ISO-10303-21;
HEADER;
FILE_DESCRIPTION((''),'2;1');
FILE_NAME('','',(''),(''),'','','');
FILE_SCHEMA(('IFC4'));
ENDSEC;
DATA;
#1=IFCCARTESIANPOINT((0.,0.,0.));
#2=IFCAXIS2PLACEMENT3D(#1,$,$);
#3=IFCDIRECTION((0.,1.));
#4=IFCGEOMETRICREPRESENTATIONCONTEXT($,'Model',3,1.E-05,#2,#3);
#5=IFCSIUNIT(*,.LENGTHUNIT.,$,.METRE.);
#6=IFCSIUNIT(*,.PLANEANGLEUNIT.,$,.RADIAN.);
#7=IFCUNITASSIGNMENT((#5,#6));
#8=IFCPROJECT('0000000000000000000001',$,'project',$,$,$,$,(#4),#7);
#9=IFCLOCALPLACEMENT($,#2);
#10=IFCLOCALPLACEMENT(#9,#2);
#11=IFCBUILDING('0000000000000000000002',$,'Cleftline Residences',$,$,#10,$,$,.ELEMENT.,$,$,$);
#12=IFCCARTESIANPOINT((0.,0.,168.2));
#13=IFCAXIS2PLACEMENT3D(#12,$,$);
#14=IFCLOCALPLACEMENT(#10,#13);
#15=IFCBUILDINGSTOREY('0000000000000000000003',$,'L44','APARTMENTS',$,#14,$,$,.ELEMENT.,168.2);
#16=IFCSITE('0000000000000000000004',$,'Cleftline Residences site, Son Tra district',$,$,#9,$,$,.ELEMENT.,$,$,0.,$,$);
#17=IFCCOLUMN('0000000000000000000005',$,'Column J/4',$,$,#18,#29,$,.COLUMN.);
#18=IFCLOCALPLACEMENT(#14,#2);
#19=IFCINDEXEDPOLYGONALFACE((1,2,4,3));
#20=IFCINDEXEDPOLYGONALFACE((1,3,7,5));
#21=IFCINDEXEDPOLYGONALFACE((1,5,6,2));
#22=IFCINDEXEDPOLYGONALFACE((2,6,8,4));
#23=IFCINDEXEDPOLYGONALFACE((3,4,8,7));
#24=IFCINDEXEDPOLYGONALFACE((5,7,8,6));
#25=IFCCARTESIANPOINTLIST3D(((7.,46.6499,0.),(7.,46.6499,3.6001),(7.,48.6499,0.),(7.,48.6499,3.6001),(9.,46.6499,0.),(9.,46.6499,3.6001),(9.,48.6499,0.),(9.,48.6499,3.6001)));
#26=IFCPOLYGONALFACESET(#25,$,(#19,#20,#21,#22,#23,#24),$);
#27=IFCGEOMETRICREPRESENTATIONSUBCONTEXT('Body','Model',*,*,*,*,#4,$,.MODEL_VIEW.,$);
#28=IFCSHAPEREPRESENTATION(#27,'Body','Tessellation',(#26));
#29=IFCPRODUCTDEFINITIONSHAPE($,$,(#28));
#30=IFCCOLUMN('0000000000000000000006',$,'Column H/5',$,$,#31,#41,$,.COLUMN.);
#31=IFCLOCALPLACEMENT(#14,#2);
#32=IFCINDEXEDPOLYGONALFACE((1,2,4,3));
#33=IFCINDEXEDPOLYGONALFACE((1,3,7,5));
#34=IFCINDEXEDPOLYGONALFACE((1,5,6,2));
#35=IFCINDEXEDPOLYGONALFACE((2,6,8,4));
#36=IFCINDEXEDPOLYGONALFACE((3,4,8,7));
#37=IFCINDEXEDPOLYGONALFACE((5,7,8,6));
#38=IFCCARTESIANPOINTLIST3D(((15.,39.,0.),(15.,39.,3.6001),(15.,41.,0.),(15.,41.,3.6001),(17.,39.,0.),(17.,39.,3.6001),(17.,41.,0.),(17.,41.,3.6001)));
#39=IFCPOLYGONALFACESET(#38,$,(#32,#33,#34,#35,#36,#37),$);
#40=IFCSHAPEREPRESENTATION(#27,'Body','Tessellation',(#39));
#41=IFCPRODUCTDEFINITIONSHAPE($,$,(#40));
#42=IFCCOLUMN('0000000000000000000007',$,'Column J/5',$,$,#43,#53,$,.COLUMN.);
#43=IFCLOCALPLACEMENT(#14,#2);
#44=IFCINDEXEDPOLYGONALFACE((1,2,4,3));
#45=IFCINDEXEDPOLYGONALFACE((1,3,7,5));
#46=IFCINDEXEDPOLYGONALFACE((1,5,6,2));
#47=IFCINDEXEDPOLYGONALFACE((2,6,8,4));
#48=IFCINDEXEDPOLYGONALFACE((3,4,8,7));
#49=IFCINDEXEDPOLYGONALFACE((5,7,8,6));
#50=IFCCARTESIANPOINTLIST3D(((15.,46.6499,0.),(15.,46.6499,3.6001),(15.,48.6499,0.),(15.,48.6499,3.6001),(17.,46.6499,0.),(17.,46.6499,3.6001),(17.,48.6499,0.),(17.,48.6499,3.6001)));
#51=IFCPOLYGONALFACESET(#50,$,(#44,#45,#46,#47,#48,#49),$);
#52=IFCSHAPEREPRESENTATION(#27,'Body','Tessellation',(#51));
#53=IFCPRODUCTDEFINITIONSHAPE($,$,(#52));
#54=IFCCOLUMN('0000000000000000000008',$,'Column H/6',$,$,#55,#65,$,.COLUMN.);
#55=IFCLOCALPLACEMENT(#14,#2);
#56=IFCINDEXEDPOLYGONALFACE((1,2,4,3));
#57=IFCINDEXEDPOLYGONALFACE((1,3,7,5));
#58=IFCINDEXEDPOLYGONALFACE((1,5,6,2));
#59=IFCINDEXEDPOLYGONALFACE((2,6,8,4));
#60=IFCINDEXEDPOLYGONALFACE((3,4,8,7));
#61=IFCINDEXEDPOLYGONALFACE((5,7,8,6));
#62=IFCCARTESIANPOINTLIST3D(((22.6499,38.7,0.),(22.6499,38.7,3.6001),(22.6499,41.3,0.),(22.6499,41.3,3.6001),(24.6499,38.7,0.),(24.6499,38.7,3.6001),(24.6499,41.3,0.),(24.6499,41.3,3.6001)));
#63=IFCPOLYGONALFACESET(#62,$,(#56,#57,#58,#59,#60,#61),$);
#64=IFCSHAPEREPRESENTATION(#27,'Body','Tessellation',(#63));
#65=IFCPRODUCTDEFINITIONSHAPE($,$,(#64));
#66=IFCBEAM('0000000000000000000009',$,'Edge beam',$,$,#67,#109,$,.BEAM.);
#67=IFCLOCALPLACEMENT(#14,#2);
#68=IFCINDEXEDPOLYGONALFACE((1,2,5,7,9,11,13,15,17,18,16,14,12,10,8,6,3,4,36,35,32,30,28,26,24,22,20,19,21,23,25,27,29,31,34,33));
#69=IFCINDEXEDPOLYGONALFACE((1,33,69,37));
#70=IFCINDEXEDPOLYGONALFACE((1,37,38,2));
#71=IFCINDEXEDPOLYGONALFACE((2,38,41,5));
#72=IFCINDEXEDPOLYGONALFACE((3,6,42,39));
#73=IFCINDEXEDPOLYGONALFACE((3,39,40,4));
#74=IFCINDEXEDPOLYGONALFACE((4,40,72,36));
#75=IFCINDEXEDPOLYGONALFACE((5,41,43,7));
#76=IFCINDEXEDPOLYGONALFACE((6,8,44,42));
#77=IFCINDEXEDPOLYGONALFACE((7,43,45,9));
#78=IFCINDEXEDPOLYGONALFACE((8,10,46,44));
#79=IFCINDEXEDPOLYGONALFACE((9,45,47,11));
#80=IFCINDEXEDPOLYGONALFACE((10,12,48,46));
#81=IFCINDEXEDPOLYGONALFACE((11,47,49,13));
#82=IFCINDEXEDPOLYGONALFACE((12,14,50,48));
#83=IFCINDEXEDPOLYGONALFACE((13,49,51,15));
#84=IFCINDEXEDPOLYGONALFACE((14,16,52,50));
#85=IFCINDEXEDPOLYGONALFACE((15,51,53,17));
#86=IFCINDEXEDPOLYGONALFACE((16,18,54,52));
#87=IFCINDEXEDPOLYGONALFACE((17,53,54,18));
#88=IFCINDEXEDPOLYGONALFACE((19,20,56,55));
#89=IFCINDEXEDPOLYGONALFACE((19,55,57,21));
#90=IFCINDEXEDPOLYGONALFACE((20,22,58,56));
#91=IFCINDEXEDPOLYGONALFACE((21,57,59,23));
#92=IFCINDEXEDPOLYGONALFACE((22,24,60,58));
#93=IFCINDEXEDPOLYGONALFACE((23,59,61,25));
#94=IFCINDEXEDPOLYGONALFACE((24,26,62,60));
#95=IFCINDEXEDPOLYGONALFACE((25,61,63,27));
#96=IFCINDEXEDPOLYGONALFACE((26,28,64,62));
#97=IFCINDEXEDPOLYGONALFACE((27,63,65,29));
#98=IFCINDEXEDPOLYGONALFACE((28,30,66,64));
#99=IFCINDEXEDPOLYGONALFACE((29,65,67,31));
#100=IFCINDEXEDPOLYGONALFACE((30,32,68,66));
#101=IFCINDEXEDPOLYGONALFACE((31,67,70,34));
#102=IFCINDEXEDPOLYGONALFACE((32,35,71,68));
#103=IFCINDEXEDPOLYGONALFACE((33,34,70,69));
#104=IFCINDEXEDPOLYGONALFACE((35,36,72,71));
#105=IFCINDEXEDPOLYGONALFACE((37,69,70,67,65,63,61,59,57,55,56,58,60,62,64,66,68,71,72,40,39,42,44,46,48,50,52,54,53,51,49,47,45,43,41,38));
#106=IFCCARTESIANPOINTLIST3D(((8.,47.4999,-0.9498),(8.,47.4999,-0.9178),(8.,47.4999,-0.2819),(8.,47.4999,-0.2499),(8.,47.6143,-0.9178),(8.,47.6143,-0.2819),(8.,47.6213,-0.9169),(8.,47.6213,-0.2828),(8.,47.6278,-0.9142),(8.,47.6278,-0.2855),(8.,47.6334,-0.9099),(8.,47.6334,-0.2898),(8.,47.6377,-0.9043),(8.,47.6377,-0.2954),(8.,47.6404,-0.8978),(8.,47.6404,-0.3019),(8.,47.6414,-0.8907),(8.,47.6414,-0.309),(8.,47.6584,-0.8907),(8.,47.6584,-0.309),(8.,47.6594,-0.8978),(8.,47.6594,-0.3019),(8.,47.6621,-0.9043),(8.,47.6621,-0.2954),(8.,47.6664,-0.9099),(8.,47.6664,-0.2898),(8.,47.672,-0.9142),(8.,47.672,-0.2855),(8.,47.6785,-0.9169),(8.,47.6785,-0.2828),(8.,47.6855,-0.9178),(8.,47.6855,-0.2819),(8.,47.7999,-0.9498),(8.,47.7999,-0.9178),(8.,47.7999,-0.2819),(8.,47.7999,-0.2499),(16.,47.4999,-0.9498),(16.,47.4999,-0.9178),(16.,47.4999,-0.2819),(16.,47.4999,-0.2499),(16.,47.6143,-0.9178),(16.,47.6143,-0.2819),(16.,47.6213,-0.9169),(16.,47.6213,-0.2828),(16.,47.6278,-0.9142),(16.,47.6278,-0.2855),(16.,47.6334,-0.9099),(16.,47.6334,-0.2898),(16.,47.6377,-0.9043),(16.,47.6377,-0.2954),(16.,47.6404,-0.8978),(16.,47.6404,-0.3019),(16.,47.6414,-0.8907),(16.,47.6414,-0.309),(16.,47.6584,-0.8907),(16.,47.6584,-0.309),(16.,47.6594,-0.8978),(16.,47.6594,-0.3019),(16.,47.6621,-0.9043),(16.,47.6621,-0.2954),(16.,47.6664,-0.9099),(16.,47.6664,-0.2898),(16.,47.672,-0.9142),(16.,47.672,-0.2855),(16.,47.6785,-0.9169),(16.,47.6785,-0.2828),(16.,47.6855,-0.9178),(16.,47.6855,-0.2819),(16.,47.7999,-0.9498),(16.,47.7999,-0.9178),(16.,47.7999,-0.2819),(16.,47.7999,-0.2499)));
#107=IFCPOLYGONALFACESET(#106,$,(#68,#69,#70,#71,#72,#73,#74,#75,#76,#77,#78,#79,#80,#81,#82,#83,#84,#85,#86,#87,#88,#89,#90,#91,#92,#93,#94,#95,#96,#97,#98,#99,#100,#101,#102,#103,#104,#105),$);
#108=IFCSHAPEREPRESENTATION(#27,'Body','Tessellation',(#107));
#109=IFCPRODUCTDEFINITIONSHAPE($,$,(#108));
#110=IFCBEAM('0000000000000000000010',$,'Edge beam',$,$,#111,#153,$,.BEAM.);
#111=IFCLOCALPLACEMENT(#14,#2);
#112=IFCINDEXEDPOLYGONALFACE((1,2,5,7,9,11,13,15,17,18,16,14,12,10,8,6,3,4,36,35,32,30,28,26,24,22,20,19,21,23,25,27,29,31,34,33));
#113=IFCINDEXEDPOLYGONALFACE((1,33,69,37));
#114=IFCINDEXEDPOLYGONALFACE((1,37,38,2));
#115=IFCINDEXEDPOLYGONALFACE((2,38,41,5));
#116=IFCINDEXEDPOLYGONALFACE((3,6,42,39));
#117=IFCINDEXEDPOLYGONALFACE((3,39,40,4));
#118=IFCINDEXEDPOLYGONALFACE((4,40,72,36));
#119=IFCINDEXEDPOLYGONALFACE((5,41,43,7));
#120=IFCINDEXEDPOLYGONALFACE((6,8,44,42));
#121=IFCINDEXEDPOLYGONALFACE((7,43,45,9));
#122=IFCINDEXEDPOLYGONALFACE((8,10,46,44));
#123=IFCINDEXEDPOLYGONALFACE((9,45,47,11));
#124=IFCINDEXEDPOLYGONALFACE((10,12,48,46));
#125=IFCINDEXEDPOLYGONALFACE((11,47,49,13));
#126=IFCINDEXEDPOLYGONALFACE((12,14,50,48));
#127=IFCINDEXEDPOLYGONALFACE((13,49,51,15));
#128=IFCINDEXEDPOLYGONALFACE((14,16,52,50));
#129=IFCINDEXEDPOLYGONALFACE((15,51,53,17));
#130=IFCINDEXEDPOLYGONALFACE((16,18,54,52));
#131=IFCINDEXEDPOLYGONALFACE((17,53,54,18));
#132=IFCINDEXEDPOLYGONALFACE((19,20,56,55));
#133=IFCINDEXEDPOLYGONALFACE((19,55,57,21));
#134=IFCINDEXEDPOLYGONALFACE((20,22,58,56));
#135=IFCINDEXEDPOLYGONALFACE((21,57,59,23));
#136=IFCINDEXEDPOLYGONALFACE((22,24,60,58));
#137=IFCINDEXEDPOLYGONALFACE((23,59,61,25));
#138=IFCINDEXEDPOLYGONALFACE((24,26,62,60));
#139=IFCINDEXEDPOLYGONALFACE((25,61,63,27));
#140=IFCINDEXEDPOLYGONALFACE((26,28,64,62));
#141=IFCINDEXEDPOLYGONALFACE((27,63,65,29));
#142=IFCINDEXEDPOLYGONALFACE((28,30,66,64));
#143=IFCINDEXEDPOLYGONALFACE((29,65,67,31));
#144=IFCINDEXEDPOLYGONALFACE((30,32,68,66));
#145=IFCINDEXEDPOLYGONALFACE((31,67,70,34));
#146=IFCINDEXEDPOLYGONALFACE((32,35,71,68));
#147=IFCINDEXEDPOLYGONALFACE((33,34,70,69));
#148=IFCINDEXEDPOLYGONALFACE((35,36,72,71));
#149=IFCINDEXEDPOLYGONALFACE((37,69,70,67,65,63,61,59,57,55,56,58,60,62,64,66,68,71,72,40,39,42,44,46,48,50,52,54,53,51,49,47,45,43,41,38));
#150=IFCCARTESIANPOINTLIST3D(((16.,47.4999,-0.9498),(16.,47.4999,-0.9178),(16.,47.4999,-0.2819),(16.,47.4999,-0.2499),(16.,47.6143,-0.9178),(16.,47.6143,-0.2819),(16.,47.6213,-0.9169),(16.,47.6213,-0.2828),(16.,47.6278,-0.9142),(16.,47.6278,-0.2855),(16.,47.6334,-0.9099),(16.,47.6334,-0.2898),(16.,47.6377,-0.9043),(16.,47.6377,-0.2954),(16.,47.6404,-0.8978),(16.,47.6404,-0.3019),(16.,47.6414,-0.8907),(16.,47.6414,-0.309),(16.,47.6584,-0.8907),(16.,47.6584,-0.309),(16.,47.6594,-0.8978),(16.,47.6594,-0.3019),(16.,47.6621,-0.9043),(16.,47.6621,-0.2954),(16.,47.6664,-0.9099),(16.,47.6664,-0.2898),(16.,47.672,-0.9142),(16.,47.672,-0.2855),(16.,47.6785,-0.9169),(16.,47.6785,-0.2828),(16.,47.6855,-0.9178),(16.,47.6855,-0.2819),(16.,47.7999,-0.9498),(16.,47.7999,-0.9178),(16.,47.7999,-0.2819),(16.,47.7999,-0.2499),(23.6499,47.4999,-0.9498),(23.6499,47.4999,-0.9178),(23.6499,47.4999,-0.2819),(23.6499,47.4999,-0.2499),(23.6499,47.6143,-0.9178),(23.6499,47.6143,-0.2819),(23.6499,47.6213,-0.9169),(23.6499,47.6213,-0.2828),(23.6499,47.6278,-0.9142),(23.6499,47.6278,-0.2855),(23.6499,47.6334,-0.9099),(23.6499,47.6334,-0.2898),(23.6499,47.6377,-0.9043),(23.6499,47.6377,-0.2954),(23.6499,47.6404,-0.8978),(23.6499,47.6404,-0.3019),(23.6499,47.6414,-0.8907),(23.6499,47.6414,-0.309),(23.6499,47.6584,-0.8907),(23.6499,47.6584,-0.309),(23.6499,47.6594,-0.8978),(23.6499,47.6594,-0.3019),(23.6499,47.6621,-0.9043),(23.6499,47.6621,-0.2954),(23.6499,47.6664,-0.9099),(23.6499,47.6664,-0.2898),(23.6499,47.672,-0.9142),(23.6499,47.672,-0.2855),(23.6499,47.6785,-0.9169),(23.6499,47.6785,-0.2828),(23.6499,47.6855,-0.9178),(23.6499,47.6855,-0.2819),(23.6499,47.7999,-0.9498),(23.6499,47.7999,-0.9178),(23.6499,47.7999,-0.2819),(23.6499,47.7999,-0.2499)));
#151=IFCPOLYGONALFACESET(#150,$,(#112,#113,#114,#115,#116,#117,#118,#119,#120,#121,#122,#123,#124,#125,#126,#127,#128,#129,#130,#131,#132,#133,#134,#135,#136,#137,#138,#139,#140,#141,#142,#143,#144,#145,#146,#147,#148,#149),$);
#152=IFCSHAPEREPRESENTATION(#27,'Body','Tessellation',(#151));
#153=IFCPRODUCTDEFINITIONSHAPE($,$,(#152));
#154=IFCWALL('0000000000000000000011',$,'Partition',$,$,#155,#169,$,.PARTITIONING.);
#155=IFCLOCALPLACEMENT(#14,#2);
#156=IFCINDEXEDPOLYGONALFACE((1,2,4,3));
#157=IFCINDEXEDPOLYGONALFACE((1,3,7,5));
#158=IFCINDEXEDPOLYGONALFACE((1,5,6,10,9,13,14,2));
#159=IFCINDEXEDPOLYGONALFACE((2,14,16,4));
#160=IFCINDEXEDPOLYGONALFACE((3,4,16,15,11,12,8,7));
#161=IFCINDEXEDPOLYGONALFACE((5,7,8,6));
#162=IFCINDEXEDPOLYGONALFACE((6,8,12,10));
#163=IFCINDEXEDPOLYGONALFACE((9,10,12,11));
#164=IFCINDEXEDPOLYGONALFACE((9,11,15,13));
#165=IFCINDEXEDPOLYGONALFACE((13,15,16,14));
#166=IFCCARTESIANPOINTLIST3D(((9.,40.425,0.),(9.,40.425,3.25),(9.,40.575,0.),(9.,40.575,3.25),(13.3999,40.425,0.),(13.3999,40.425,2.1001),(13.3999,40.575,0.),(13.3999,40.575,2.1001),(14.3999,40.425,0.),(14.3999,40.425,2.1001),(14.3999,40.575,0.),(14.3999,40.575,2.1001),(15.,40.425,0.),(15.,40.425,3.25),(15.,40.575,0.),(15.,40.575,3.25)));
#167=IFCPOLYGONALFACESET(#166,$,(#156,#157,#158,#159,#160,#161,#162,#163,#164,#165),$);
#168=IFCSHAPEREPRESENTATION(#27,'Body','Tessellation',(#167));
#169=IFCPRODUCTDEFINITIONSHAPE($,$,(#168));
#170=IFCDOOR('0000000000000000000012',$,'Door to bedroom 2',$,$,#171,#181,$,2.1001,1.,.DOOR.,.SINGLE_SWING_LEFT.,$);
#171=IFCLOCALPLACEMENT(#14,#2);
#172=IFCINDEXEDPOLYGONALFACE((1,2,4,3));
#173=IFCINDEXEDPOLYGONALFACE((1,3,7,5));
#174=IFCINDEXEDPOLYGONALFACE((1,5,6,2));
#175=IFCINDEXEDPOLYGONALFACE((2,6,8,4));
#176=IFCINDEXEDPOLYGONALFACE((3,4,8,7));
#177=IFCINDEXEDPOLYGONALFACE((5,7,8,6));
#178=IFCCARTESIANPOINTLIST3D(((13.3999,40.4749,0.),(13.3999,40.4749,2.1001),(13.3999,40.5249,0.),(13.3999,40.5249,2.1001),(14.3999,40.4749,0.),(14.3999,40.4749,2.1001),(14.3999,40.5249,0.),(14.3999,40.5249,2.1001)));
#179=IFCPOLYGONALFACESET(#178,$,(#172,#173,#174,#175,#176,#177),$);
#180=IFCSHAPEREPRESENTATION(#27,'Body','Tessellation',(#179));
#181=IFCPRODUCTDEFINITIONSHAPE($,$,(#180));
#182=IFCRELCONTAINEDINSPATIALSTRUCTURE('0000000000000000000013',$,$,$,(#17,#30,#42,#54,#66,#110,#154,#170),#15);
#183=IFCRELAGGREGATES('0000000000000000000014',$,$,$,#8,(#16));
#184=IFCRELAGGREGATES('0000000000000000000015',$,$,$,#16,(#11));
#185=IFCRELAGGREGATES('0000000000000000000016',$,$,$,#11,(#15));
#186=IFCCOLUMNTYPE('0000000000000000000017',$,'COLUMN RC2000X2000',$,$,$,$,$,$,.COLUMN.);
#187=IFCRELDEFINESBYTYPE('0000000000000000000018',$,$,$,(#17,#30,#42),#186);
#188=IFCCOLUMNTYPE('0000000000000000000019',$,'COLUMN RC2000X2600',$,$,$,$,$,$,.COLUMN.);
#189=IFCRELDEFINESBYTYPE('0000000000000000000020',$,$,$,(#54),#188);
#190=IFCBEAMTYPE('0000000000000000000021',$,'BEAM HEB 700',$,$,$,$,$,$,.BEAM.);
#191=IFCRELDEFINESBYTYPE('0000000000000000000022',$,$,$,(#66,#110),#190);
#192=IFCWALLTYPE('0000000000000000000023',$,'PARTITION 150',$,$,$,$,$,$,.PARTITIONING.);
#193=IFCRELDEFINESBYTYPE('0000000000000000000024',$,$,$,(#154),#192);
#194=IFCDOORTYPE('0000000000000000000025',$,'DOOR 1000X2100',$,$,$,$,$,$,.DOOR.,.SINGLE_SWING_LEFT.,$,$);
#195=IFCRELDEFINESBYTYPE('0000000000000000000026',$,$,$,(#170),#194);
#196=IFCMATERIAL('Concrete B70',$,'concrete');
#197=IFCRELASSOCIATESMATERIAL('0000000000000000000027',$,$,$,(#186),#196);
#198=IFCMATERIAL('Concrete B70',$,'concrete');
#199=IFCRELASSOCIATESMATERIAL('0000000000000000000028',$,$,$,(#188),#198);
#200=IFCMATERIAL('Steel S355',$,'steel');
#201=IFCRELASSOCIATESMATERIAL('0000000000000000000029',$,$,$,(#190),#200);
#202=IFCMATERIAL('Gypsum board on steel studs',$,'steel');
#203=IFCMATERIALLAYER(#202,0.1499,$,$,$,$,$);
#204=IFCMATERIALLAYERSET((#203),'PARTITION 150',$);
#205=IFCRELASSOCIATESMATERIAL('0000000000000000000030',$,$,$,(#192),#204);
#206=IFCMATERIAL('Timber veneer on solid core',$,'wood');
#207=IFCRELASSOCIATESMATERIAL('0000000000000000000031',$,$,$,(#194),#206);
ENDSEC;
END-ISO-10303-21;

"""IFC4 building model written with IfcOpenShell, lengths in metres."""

from ifc_helpers import new_model, si_unit, direction, frame, frame_2d, origin, origin_2d, place, context, subcontext, project, spatial, rectangle, i_section, extrude, material, layer, layer_set, material_profile, profile_set, type_object, element, fill, save


model = new_model("IFC4")

# Units and contexts
model_context = context("Model", 3, precision=1e-05, world=origin(), true_north=direction((0.0, 1.0)))
body_context = subcontext(model_context, "Body", "Model", "MODEL_VIEW")
ifc_project = project(units=[si_unit("LENGTHUNIT", "METRE"), si_unit("PLANEANGLEUNIT", "RADIAN")], contexts=[model_context])

# Site, building, storey
site_placement = place(None, origin())
site = spatial("IfcSite", under=ifc_project, at=site_placement, Name="Cleftline Residences site, Son Tra district", CompositionType="ELEMENT", RefElevation=0.0)
building_placement = place(site_placement, origin())
building = spatial("IfcBuilding", under=site, at=building_placement, Name="Cleftline Residences", CompositionType="ELEMENT")
storey_placement = place(building_placement, frame((0.0, 0.0, 168.2)))
storey = spatial("IfcBuildingStorey", under=building, at=storey_placement, Name="L44", Description="APARTMENTS", CompositionType="ELEMENT", Elevation=168.2)

# Columns
ifc_material_1 = material(Name="Concrete B70", Category="concrete")
ifc_material_profile_1 = material_profile(ifc_material_1, rectangle(XDim=2.0, YDim=2.0, at=origin_2d()))
ifc_profile_set_1 = profile_set([ifc_material_profile_1], Name="Concrete B70")
column_type_1 = type_object("IfcColumnType", Name="COLUMN RC2000X2000", PredefinedType="COLUMN", material=ifc_profile_set_1)
for number, where, z_axis, x_axis, name in (
    (1, (8.0, 47.6499, 0.0), (0.0, 0.0, 1.0), (1.0, 0.0, 0.0), "Column J/4"),
    (2, (16.0, 40.0, 0.0), (0.0, 0.0, 1.0), (1.0, 0.0, 0.0), "Column H/5"),
    (3, (16.0, 47.6499, 0.0), (0.0, 0.0, 1.0), (1.0, 0.0, 0.0), "Column J/5"),
):
    element("IfcColumn", number, at=place(storey_placement, frame(where, z_axis=z_axis, x_axis=x_axis)), inside=storey, type_object=column_type_1, Name=name, PredefinedType="COLUMN", context=body_context, shape_type="SweptSolid", body=[
        extrude(rectangle(XDim=2.0, YDim=2.0, at=origin_2d()), origin(), (0.0, 0.0, 1.0), 3.6001),
    ])
ifc_material_2 = material(Name="Concrete B70", Category="concrete")
ifc_material_profile_2 = material_profile(ifc_material_2, rectangle(XDim=2.0, YDim=2.6001, at=origin_2d()))
ifc_profile_set_2 = profile_set([ifc_material_profile_2], Name="Concrete B70")
column_type_2 = type_object("IfcColumnType", Name="COLUMN RC2000X2600", PredefinedType="COLUMN", material=ifc_profile_set_2)
column_placement = place(storey_placement, frame((23.6499, 40.0, 0.0), z_axis=(0.0, 0.0, 1.0), x_axis=(1.0, 0.0, 0.0)))
element("IfcColumn", 4, at=column_placement, inside=storey, type_object=column_type_2, Name="Column H/6", PredefinedType="COLUMN", context=body_context, shape_type="SweptSolid", body=[
    extrude(rectangle(XDim=2.0, YDim=2.6001, at=origin_2d()), origin(), (0.0, 0.0, 1.0), 3.6001),
])

# Beams
ifc_material_3 = material(Name="Steel S355", Category="steel")
ifc_material_profile_3 = material_profile(ifc_material_3, i_section(OverallWidth=0.3, OverallDepth=0.7, WebThickness=0.0171, FlangeThickness=0.032, FilletRadius=0.0271, at=origin_2d()))
ifc_profile_set_3 = profile_set([ifc_material_profile_3], Name="Steel S355")
beam_type = type_object("IfcBeamType", Name="BEAM HEB 700", PredefinedType="BEAM", material=ifc_profile_set_3)
beam_1_placement = place(storey_placement, frame((8.0, 47.6499, -0.5999), z_axis=(1.0, 0.0, 0.0), x_axis=(0.0, 1.0, 0.0)))
element("IfcBeam", 5, at=beam_1_placement, inside=storey, type_object=beam_type, Name="Edge beam", PredefinedType="BEAM", context=body_context, shape_type="SweptSolid", body=[
    extrude(i_section(OverallWidth=0.3, OverallDepth=0.7, WebThickness=0.0171, FlangeThickness=0.032, FilletRadius=0.0271, at=origin_2d()), origin(), (0.0, 0.0, 1.0), 8.0),
])
beam_2_placement = place(storey_placement, frame((16.0, 47.6499, -0.5999), z_axis=(1.0, 0.0, 0.0), x_axis=(0.0, 1.0, 0.0)))
element("IfcBeam", 6, at=beam_2_placement, inside=storey, type_object=beam_type, Name="Edge beam", PredefinedType="BEAM", context=body_context, shape_type="SweptSolid", body=[
    extrude(i_section(OverallWidth=0.3, OverallDepth=0.7, WebThickness=0.0171, FlangeThickness=0.032, FilletRadius=0.0271, at=origin_2d()), origin(), (0.0, 0.0, 1.0), 7.6499),
])

# Wall, opening, door
ifc_material_4 = material(Name="Gypsum board on steel studs", Category="steel")
ifc_layer = layer(ifc_material_4, 0.1499)
ifc_layer_set = layer_set([ifc_layer], Name="PARTITION 150")
wall_type = type_object("IfcWallType", Name="PARTITION 150", PredefinedType="PARTITIONING", material=ifc_layer_set)
wall_1_placement = place(storey_placement, frame((9.0, 40.5, 0.0), z_axis=(0.0, 0.0, 1.0), x_axis=(1.0, 0.0, 0.0)))
wall_1 = element("IfcWall", 7, at=wall_1_placement, inside=storey, type_object=wall_type, Name="Partition", PredefinedType="PARTITIONING", context=body_context, shape_type="SweptSolid", body=[
    extrude(rectangle(XDim=6.0, YDim=0.1499, at=frame_2d((3.0, 0.0))), origin(), (0.0, 0.0, 1.0), 3.25),
])
opening_1_placement = place(wall_1_placement, frame((4.3999, 0.0, 0.0)))
opening_1 = element("IfcOpeningElement", 8, at=opening_1_placement, cuts=wall_1, PredefinedType="OPENING", context=body_context, shape_type="SweptSolid", body=[
    extrude(rectangle(XDim=1.0, YDim=2.1001, at=frame_2d((0.5, 1.05))), frame((0.0, 0.085, 0.0), z_axis=(0.0, -1.0, 0.0), x_axis=(1.0, 0.0, 0.0)), (0.0, 0.0, 1.0), 0.1699),
])
ifc_material_5 = material(Name="Timber veneer on solid core", Category="wood")
door_type_1 = type_object("IfcDoorType", Name="DOOR 1000X2100", OperationType="SINGLE_SWING_LEFT", PredefinedType="DOOR", material=ifc_material_5)
door_1_placement = place(opening_1_placement, origin())
door_1 = element("IfcDoor", 9, at=door_1_placement, inside=storey, type_object=door_type_1, Name="Door to bedroom 2", OperationType="SINGLE_SWING_LEFT", OverallHeight=2.1001, OverallWidth=1.0, PredefinedType="DOOR", context=body_context, shape_type="SweptSolid", body=[
    extrude(rectangle(XDim=1.0, YDim=2.1001, at=frame_2d((0.5, 1.05))), frame((0.0, 0.0249, 0.0), z_axis=(0.0, -1.0, 0.0), x_axis=(1.0, 0.0, 0.0)), (0.0, 0.0, 1.0), 0.05),
])
fill(opening_1, door_1)

save(model, "model.ifc")
